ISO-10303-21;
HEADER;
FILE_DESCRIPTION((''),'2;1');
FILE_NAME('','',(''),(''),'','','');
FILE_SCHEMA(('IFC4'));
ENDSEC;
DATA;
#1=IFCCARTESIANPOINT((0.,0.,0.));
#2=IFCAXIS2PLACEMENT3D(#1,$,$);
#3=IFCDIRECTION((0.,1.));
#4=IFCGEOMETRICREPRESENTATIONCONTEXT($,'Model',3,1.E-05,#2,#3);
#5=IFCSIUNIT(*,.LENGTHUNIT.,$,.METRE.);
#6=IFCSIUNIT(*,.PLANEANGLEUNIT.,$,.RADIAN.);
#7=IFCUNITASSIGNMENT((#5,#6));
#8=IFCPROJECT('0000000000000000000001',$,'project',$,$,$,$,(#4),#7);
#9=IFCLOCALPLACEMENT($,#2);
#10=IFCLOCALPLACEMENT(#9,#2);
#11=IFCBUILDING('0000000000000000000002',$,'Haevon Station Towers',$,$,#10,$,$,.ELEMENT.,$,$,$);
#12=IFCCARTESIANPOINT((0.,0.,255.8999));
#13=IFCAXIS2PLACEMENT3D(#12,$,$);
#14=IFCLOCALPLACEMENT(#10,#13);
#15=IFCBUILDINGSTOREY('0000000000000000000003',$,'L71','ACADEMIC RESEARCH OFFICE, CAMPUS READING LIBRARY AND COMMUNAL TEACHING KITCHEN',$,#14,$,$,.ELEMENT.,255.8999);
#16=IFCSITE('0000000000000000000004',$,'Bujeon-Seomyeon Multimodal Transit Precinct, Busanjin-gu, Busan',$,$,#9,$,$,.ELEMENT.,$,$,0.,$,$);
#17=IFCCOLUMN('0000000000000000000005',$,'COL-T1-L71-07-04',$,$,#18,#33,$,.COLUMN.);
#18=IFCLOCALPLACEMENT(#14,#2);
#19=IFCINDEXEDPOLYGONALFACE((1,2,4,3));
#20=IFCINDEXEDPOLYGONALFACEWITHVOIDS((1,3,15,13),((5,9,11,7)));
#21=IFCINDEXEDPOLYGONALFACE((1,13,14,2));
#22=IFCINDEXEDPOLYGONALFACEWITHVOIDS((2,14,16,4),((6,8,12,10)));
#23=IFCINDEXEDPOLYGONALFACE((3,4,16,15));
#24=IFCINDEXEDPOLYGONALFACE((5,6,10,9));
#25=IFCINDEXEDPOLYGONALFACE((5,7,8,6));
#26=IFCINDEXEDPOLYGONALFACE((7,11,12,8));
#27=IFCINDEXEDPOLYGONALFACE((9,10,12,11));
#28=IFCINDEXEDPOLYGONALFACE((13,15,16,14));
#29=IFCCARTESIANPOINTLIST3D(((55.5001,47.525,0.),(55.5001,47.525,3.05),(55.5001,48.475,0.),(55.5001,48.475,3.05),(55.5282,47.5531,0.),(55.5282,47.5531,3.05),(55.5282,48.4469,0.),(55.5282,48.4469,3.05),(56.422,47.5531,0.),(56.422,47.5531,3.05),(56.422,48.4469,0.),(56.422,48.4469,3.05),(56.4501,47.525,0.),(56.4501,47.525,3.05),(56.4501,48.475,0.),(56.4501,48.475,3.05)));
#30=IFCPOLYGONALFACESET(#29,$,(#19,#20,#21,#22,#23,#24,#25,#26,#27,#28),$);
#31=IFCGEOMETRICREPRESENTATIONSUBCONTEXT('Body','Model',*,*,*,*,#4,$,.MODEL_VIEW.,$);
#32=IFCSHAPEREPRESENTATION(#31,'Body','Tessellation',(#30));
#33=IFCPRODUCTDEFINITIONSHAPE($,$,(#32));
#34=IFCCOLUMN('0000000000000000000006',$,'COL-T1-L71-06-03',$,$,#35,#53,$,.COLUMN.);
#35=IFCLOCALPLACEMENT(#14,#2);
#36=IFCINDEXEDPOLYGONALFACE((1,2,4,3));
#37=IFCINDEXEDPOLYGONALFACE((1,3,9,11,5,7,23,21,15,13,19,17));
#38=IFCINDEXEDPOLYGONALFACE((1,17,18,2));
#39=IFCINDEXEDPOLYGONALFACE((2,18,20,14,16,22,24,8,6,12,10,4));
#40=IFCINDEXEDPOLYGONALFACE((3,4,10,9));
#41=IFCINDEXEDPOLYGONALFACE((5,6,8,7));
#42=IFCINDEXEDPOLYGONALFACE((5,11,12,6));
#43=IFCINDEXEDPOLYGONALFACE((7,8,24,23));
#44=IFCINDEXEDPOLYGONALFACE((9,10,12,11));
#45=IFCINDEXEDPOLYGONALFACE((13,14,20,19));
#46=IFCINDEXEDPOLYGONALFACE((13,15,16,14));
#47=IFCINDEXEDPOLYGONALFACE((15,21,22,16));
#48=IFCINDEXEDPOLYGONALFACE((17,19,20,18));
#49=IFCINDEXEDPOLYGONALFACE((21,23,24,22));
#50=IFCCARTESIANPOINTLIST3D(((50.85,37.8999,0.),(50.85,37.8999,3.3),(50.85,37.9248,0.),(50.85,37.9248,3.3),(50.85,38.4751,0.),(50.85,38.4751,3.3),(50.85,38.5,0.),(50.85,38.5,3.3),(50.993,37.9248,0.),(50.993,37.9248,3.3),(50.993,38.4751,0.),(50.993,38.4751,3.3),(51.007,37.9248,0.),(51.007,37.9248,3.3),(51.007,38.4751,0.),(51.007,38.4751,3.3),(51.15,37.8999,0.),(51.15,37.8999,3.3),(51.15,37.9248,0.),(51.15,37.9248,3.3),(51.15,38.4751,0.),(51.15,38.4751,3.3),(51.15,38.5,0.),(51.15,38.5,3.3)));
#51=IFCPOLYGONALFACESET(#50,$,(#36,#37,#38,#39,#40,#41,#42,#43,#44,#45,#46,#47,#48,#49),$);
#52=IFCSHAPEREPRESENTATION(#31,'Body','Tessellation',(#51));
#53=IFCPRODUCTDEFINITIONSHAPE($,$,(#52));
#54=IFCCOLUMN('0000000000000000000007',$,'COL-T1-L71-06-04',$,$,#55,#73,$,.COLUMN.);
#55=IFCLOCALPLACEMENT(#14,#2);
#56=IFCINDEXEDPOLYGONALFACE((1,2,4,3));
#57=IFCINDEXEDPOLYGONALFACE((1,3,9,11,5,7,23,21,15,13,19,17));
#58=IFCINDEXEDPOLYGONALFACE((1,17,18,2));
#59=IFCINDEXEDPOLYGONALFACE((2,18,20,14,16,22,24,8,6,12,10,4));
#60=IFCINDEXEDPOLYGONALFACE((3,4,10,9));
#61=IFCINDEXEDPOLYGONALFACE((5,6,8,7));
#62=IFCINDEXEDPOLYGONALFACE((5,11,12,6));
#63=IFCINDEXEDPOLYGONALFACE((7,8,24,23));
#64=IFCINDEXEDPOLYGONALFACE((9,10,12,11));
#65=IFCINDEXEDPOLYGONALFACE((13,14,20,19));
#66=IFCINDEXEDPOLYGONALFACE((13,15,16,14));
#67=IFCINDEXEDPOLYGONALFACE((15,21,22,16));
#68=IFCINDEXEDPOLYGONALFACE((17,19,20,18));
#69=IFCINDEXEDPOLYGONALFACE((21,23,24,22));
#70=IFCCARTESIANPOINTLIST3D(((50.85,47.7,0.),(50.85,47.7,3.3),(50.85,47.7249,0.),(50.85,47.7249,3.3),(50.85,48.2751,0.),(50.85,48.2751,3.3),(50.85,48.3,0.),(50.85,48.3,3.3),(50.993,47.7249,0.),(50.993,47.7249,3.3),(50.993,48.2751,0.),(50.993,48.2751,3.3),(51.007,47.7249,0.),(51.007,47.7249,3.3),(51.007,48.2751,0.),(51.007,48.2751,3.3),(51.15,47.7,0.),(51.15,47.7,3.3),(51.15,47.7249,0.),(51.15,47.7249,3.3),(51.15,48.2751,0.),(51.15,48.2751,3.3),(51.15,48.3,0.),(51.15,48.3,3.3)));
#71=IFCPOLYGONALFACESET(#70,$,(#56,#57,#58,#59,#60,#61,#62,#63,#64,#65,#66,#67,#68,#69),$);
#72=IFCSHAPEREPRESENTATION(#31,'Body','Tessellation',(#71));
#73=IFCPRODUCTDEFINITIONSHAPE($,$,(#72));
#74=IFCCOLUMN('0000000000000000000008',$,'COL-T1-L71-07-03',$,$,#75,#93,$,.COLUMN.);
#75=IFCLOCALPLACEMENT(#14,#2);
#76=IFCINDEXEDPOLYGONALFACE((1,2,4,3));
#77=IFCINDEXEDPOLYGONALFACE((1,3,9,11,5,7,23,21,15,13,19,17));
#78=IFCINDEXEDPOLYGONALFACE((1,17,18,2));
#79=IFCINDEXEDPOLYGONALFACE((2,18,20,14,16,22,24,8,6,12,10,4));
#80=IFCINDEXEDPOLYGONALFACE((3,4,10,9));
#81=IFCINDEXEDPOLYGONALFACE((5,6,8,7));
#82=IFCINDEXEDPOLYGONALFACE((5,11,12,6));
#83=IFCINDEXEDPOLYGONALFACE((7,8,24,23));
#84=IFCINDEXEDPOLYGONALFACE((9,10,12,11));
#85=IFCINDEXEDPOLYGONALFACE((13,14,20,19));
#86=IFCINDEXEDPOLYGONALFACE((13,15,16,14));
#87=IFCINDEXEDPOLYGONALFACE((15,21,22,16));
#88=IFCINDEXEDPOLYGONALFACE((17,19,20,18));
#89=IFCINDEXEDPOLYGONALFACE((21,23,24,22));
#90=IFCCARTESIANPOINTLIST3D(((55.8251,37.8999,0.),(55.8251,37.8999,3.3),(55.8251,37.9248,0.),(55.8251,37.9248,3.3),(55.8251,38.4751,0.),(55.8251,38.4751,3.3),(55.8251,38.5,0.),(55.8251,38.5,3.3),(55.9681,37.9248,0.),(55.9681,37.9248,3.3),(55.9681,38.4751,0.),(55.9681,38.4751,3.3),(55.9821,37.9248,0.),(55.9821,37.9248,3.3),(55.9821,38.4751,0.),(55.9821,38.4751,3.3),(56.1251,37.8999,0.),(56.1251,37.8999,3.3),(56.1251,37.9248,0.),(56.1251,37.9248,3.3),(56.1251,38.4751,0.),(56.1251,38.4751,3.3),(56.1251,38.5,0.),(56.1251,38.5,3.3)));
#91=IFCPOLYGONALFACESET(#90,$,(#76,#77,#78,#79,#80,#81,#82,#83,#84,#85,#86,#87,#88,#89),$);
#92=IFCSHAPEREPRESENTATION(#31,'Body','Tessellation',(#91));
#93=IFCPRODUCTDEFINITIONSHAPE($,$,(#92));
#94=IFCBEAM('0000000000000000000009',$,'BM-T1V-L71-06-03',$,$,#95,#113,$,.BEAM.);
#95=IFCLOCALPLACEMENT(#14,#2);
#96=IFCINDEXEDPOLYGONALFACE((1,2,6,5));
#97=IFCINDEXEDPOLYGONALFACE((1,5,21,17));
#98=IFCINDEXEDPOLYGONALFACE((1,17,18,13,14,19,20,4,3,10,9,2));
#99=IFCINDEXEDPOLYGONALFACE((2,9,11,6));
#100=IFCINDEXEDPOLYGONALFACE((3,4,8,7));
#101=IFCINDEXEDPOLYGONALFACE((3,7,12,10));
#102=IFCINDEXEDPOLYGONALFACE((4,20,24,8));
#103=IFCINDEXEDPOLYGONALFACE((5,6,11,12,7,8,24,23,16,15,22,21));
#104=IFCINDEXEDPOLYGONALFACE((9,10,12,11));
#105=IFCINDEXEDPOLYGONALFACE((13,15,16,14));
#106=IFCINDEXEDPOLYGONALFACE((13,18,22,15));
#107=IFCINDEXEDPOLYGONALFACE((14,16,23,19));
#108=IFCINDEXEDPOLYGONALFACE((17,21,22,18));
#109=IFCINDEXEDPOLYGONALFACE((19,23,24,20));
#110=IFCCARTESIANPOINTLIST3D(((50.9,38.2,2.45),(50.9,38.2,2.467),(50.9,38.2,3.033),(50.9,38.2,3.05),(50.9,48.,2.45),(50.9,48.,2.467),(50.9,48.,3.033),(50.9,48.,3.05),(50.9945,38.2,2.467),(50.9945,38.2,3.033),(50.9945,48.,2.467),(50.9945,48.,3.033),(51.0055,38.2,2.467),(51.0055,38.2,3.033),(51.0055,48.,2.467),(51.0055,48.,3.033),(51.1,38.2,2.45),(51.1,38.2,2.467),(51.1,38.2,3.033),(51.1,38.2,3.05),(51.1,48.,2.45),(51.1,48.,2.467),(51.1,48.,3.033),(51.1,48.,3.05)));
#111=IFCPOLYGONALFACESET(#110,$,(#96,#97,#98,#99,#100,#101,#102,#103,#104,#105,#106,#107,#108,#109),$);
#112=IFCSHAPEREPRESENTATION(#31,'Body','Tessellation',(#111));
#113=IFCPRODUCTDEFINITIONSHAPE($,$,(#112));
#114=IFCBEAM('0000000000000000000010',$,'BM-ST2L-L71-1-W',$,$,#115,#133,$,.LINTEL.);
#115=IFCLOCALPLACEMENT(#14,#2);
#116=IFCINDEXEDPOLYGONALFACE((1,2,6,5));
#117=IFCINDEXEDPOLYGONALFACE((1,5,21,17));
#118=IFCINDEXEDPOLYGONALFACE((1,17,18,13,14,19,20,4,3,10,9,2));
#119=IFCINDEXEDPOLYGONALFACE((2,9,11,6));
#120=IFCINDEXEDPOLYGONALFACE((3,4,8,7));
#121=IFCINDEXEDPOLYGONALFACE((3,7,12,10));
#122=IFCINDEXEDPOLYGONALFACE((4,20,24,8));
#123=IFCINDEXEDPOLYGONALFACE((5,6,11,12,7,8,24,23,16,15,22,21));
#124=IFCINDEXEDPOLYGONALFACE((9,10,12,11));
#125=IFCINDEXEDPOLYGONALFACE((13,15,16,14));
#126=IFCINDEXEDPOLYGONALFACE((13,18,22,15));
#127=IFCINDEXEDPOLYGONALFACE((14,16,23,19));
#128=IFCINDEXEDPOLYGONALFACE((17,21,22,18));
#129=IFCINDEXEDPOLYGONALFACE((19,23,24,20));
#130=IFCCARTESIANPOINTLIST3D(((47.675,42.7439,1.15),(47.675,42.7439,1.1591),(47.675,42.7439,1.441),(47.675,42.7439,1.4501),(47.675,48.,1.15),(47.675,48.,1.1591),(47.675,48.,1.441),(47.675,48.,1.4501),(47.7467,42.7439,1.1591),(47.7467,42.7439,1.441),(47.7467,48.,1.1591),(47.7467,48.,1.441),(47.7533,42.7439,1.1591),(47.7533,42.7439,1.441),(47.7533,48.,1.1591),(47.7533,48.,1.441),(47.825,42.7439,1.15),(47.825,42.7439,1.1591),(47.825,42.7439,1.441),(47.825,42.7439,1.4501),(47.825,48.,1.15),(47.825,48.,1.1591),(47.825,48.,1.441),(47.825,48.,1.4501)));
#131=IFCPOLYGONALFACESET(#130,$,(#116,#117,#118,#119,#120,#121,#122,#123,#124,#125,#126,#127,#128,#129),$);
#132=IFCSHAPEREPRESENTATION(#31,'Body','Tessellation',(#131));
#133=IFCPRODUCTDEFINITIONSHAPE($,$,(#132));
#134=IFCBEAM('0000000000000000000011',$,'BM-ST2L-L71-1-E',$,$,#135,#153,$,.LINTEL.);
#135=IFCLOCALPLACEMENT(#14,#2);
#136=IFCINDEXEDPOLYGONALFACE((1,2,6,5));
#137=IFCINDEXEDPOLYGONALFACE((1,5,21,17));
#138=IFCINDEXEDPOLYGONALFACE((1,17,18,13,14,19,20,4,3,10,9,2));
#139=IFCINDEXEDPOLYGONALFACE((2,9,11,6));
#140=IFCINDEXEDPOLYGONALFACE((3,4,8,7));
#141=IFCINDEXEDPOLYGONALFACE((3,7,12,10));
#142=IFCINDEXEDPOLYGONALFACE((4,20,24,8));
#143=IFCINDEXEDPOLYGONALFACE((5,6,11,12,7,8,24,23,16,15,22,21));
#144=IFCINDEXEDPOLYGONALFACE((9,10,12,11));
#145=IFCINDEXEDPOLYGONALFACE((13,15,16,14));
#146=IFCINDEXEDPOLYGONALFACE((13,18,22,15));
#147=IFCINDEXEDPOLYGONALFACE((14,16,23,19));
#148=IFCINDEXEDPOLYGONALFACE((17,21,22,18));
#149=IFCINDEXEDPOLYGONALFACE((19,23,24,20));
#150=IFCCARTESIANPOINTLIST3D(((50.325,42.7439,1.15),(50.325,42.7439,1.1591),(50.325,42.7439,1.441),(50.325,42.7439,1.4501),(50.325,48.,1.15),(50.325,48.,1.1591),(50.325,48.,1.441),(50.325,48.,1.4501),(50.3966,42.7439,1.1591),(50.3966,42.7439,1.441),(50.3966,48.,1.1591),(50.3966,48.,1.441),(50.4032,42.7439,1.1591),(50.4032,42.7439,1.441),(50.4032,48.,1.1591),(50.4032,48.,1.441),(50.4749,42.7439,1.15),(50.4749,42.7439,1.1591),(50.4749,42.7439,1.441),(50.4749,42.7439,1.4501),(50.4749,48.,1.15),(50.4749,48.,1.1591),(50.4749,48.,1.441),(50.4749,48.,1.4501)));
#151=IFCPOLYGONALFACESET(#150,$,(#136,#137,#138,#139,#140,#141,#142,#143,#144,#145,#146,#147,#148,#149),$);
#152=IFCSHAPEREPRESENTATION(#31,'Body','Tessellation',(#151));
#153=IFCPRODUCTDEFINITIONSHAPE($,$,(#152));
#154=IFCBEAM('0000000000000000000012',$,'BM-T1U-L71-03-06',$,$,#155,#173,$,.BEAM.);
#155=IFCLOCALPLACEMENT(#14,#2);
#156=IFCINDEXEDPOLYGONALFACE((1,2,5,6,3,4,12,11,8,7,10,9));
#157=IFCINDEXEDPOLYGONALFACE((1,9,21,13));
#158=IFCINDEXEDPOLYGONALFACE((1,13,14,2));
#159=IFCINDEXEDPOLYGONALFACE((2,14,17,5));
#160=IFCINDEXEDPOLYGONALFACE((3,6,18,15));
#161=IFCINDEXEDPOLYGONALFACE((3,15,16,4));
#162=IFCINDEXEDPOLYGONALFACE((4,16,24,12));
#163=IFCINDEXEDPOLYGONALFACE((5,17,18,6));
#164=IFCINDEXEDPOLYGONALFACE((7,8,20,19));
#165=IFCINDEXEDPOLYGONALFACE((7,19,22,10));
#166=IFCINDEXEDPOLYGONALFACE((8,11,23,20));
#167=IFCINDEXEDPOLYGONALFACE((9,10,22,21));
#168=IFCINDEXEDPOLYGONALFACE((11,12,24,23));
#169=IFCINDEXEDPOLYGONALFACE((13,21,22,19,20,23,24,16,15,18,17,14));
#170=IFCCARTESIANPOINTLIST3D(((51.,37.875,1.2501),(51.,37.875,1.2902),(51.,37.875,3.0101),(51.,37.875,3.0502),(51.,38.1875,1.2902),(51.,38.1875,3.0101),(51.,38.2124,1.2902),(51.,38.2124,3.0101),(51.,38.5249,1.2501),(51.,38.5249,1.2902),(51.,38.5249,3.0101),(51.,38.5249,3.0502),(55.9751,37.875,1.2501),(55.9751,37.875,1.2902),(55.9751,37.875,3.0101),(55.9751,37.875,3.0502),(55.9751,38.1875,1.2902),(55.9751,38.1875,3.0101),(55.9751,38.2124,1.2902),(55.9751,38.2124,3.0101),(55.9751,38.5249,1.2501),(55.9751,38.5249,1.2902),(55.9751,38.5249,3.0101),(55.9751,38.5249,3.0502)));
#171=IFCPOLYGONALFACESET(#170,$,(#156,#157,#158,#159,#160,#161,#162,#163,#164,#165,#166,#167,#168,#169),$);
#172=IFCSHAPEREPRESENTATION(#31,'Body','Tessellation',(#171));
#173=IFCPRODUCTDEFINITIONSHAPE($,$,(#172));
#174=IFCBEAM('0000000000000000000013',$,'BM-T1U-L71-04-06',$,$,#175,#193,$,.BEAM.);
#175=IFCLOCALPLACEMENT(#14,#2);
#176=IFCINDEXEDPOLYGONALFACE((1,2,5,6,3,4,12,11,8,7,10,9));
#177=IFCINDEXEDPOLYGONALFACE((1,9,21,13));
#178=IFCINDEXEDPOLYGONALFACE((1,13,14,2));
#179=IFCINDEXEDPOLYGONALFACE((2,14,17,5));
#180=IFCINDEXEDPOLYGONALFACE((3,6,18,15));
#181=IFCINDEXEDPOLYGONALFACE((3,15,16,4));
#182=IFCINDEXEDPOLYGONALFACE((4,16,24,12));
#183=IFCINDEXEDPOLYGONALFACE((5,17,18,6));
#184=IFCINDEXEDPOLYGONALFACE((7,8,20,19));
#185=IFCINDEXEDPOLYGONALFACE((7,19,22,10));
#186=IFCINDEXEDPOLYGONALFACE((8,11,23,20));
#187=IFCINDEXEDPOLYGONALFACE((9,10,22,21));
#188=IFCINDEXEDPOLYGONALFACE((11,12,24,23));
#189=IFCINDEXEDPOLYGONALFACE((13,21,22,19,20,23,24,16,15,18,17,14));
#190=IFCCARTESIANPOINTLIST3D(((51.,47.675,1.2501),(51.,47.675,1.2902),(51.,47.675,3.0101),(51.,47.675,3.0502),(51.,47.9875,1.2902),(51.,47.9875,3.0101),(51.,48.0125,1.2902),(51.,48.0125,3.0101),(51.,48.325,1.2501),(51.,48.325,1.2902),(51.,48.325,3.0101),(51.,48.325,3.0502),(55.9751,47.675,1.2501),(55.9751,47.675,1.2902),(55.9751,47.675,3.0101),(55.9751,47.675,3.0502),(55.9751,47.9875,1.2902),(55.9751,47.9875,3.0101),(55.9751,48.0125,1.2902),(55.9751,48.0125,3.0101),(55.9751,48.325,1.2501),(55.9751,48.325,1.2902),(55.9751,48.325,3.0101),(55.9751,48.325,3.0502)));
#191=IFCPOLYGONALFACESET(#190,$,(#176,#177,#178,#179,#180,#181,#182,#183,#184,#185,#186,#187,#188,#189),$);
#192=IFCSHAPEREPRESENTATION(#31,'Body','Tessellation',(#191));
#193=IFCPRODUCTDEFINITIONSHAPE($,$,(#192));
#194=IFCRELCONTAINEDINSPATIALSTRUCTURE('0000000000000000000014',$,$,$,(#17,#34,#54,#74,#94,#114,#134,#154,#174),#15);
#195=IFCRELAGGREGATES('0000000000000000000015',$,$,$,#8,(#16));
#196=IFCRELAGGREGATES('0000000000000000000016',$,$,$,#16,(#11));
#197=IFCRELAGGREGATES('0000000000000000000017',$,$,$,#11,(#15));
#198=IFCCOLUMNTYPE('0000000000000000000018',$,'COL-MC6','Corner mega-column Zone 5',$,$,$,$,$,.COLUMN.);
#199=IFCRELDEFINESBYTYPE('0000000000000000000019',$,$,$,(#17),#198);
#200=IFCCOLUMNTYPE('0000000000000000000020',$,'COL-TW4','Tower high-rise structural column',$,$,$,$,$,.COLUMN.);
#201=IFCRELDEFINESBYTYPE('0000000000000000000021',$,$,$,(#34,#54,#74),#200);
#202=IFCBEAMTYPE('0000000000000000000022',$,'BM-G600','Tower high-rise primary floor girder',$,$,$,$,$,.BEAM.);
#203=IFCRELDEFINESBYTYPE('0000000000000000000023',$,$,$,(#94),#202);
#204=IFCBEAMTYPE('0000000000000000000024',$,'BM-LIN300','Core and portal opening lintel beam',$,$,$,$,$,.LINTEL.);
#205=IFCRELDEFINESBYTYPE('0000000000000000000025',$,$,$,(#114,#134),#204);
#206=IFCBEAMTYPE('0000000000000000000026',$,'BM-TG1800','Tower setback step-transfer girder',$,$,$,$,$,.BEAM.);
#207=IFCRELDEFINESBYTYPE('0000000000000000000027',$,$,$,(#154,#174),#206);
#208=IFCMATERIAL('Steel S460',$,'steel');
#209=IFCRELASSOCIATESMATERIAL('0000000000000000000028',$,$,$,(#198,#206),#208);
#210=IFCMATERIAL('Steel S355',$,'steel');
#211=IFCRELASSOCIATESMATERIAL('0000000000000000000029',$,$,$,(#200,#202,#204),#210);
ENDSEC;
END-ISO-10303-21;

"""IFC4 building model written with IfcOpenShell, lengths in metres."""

from ifc_helpers import new_model, si_unit, direction, frame, origin, origin_2d, place, context, subcontext, project, spatial, hollow_rectangle, i_section, extrude, material, material_profile, profile_set, type_object, element, save


model = new_model("IFC4")

# Units and contexts
model_context = context("Model", 3, precision=1e-05, world=origin(), true_north=direction((0.0, 1.0)))
body_context = subcontext(model_context, "Body", "Model", "MODEL_VIEW")
ifc_project = project(units=[si_unit("LENGTHUNIT", "METRE"), si_unit("PLANEANGLEUNIT", "RADIAN")], contexts=[model_context])

# Site, building, storey
site_placement = place(None, origin())
site = spatial("IfcSite", under=ifc_project, at=site_placement, Name="Bujeon-Seomyeon Multimodal Transit Precinct, Busanjin-gu, Busan", CompositionType="ELEMENT", RefElevation=0.0)
building_placement = place(site_placement, origin())
building = spatial("IfcBuilding", under=site, at=building_placement, Name="Haevon Station Towers", CompositionType="ELEMENT")
storey_placement = place(building_placement, frame((0.0, 0.0, 255.8999)))
storey = spatial("IfcBuildingStorey", under=building, at=storey_placement, Name="L71", Description="ACADEMIC RESEARCH OFFICE, CAMPUS READING LIBRARY AND COMMUNAL TEACHING KITCHEN", CompositionType="ELEMENT", Elevation=255.8999)

# Columns
ifc_material_1 = material(Name="Steel S460", Category="steel")
ifc_material_profile_1 = material_profile(ifc_material_1, hollow_rectangle(XDim=0.95, YDim=0.95, WallThickness=0.0281, at=origin_2d()), Name="BOX-950x950x28")
ifc_profile_set_1 = profile_set([ifc_material_profile_1], Name="Steel S460")
column_type_1 = type_object("IfcColumnType", Name="COL-MC6", Description="Corner mega-column Zone 5", PredefinedType="COLUMN", material=ifc_profile_set_1)
column_placement = place(storey_placement, frame((55.9751, 48.0, 0.0), z_axis=(0.0, 0.0, 1.0), x_axis=(1.0, 0.0, 0.0)))
element("IfcColumn", 1, at=column_placement, inside=storey, type_object=column_type_1, Name="COL-T1-L71-07-04", PredefinedType="COLUMN", context=body_context, shape_type="SweptSolid", body=[
    extrude(hollow_rectangle(XDim=0.95, YDim=0.95, WallThickness=0.0281, at=origin_2d()), origin(), (0.0, 0.0, 1.0), 3.05),
])
ifc_material_2 = material(Name="Steel S355", Category="steel")
ifc_material_profile_2 = material_profile(ifc_material_2, i_section(OverallWidth=0.3, OverallDepth=0.6001, WebThickness=0.0139, FlangeThickness=0.0249, at=origin_2d()), Name="H-600x300x14x25")
ifc_profile_set_2 = profile_set([ifc_material_profile_2], Name="Steel S355")
column_type_2 = type_object("IfcColumnType", Name="COL-TW4", Description="Tower high-rise structural column", PredefinedType="COLUMN", material=ifc_profile_set_2)
for number, where, z_axis, x_axis, name in (
    (2, (51.0, 38.2, 0.0), (0.0, 0.0, 1.0), (1.0, 0.0, 0.0), "COL-T1-L71-06-03"),
    (3, (51.0, 48.0, 0.0), (0.0, 0.0, 1.0), (1.0, 0.0, 0.0), "COL-T1-L71-06-04"),
    (4, (55.9751, 38.2, 0.0), (0.0, 0.0, 1.0), (1.0, 0.0, 0.0), "COL-T1-L71-07-03"),
):
    element("IfcColumn", number, at=place(storey_placement, frame(where, z_axis=z_axis, x_axis=x_axis)), inside=storey, type_object=column_type_2, Name=name, PredefinedType="COLUMN", context=body_context, shape_type="SweptSolid", body=[
        extrude(i_section(OverallWidth=0.3, OverallDepth=0.6001, WebThickness=0.0139, FlangeThickness=0.0249, at=origin_2d()), origin(), (0.0, 0.0, 1.0), 3.3),
    ])

# Beams
ifc_material_profile_3 = material_profile(ifc_material_2, i_section(OverallWidth=0.2, OverallDepth=0.6001, WebThickness=0.011, FlangeThickness=0.0171, at=origin_2d()), Name="H-600x200x11x17")
ifc_profile_set_3 = profile_set([ifc_material_profile_3], Name="Steel S355")
beam_type_1 = type_object("IfcBeamType", Name="BM-G600", Description="Tower high-rise primary floor girder", PredefinedType="BEAM", material=ifc_profile_set_3)
beam_1_placement = place(storey_placement, frame((51.0, 38.2, 2.75), z_axis=(0.0, 1.0, 0.0), x_axis=(-1.0, 0.0, 0.0)))
element("IfcBeam", 5, at=beam_1_placement, inside=storey, type_object=beam_type_1, Name="BM-T1V-L71-06-03", PredefinedType="BEAM", context=body_context, shape_type="SweptSolid", body=[
    extrude(i_section(OverallWidth=0.2, OverallDepth=0.6001, WebThickness=0.011, FlangeThickness=0.0171, at=origin_2d()), origin(), (0.0, 0.0, 1.0), 9.8),
])
ifc_material_profile_4 = material_profile(ifc_material_2, i_section(OverallWidth=0.1499, OverallDepth=0.3, WebThickness=0.0066, FlangeThickness=0.009, at=origin_2d()), Name="H-300x150x6.5x9")
ifc_profile_set_4 = profile_set([ifc_material_profile_4], Name="Steel S355")
beam_type_2 = type_object("IfcBeamType", Name="BM-LIN300", Description="Core and portal opening lintel beam", PredefinedType="LINTEL", material=ifc_profile_set_4)
for number, where, z_axis, x_axis, name in (
    (6, (47.75, 42.7439, 1.3), (0.0, 1.0, 0.0), (-1.0, 0.0, 0.0), "BM-ST2L-L71-1-W"),
    (7, (50.3999, 42.7439, 1.3), (0.0, 1.0, 0.0), (-1.0, 0.0, 0.0), "BM-ST2L-L71-1-E"),
):
    element("IfcBeam", number, at=place(storey_placement, frame(where, z_axis=z_axis, x_axis=x_axis)), inside=storey, type_object=beam_type_2, Name=name, PredefinedType="LINTEL", context=body_context, shape_type="SweptSolid", body=[
        extrude(i_section(OverallWidth=0.1499, OverallDepth=0.3, WebThickness=0.0066, FlangeThickness=0.009, at=origin_2d()), origin(), (0.0, 0.0, 1.0), 5.2561),
    ])
ifc_material_profile_5 = material_profile(ifc_material_1, i_section(OverallWidth=0.6499, OverallDepth=1.8, WebThickness=0.0249, FlangeThickness=0.04, at=origin_2d()), Name="H-1800x650x25x40")
ifc_profile_set_5 = profile_set([ifc_material_profile_5], Name="Steel S460")
beam_type_3 = type_object("IfcBeamType", Name="BM-TG1800", Description="Tower setback step-transfer girder", PredefinedType="BEAM", material=ifc_profile_set_5)
for number, where, z_axis, x_axis, name in (
    (8, (51.0, 38.2, 2.1501), (1.0, 0.0, 0.0), (0.0, 1.0, 0.0), "BM-T1U-L71-03-06"),
    (9, (51.0, 48.0, 2.1501), (1.0, 0.0, 0.0), (0.0, 1.0, 0.0), "BM-T1U-L71-04-06"),
):
    element("IfcBeam", number, at=place(storey_placement, frame(where, z_axis=z_axis, x_axis=x_axis)), inside=storey, type_object=beam_type_3, Name=name, PredefinedType="BEAM", context=body_context, shape_type="SweptSolid", body=[
        extrude(i_section(OverallWidth=0.6499, OverallDepth=1.8, WebThickness=0.0249, FlangeThickness=0.04, at=origin_2d()), origin(), (0.0, 0.0, 1.0), 4.9751),
    ])

save(model, "model.ifc")
